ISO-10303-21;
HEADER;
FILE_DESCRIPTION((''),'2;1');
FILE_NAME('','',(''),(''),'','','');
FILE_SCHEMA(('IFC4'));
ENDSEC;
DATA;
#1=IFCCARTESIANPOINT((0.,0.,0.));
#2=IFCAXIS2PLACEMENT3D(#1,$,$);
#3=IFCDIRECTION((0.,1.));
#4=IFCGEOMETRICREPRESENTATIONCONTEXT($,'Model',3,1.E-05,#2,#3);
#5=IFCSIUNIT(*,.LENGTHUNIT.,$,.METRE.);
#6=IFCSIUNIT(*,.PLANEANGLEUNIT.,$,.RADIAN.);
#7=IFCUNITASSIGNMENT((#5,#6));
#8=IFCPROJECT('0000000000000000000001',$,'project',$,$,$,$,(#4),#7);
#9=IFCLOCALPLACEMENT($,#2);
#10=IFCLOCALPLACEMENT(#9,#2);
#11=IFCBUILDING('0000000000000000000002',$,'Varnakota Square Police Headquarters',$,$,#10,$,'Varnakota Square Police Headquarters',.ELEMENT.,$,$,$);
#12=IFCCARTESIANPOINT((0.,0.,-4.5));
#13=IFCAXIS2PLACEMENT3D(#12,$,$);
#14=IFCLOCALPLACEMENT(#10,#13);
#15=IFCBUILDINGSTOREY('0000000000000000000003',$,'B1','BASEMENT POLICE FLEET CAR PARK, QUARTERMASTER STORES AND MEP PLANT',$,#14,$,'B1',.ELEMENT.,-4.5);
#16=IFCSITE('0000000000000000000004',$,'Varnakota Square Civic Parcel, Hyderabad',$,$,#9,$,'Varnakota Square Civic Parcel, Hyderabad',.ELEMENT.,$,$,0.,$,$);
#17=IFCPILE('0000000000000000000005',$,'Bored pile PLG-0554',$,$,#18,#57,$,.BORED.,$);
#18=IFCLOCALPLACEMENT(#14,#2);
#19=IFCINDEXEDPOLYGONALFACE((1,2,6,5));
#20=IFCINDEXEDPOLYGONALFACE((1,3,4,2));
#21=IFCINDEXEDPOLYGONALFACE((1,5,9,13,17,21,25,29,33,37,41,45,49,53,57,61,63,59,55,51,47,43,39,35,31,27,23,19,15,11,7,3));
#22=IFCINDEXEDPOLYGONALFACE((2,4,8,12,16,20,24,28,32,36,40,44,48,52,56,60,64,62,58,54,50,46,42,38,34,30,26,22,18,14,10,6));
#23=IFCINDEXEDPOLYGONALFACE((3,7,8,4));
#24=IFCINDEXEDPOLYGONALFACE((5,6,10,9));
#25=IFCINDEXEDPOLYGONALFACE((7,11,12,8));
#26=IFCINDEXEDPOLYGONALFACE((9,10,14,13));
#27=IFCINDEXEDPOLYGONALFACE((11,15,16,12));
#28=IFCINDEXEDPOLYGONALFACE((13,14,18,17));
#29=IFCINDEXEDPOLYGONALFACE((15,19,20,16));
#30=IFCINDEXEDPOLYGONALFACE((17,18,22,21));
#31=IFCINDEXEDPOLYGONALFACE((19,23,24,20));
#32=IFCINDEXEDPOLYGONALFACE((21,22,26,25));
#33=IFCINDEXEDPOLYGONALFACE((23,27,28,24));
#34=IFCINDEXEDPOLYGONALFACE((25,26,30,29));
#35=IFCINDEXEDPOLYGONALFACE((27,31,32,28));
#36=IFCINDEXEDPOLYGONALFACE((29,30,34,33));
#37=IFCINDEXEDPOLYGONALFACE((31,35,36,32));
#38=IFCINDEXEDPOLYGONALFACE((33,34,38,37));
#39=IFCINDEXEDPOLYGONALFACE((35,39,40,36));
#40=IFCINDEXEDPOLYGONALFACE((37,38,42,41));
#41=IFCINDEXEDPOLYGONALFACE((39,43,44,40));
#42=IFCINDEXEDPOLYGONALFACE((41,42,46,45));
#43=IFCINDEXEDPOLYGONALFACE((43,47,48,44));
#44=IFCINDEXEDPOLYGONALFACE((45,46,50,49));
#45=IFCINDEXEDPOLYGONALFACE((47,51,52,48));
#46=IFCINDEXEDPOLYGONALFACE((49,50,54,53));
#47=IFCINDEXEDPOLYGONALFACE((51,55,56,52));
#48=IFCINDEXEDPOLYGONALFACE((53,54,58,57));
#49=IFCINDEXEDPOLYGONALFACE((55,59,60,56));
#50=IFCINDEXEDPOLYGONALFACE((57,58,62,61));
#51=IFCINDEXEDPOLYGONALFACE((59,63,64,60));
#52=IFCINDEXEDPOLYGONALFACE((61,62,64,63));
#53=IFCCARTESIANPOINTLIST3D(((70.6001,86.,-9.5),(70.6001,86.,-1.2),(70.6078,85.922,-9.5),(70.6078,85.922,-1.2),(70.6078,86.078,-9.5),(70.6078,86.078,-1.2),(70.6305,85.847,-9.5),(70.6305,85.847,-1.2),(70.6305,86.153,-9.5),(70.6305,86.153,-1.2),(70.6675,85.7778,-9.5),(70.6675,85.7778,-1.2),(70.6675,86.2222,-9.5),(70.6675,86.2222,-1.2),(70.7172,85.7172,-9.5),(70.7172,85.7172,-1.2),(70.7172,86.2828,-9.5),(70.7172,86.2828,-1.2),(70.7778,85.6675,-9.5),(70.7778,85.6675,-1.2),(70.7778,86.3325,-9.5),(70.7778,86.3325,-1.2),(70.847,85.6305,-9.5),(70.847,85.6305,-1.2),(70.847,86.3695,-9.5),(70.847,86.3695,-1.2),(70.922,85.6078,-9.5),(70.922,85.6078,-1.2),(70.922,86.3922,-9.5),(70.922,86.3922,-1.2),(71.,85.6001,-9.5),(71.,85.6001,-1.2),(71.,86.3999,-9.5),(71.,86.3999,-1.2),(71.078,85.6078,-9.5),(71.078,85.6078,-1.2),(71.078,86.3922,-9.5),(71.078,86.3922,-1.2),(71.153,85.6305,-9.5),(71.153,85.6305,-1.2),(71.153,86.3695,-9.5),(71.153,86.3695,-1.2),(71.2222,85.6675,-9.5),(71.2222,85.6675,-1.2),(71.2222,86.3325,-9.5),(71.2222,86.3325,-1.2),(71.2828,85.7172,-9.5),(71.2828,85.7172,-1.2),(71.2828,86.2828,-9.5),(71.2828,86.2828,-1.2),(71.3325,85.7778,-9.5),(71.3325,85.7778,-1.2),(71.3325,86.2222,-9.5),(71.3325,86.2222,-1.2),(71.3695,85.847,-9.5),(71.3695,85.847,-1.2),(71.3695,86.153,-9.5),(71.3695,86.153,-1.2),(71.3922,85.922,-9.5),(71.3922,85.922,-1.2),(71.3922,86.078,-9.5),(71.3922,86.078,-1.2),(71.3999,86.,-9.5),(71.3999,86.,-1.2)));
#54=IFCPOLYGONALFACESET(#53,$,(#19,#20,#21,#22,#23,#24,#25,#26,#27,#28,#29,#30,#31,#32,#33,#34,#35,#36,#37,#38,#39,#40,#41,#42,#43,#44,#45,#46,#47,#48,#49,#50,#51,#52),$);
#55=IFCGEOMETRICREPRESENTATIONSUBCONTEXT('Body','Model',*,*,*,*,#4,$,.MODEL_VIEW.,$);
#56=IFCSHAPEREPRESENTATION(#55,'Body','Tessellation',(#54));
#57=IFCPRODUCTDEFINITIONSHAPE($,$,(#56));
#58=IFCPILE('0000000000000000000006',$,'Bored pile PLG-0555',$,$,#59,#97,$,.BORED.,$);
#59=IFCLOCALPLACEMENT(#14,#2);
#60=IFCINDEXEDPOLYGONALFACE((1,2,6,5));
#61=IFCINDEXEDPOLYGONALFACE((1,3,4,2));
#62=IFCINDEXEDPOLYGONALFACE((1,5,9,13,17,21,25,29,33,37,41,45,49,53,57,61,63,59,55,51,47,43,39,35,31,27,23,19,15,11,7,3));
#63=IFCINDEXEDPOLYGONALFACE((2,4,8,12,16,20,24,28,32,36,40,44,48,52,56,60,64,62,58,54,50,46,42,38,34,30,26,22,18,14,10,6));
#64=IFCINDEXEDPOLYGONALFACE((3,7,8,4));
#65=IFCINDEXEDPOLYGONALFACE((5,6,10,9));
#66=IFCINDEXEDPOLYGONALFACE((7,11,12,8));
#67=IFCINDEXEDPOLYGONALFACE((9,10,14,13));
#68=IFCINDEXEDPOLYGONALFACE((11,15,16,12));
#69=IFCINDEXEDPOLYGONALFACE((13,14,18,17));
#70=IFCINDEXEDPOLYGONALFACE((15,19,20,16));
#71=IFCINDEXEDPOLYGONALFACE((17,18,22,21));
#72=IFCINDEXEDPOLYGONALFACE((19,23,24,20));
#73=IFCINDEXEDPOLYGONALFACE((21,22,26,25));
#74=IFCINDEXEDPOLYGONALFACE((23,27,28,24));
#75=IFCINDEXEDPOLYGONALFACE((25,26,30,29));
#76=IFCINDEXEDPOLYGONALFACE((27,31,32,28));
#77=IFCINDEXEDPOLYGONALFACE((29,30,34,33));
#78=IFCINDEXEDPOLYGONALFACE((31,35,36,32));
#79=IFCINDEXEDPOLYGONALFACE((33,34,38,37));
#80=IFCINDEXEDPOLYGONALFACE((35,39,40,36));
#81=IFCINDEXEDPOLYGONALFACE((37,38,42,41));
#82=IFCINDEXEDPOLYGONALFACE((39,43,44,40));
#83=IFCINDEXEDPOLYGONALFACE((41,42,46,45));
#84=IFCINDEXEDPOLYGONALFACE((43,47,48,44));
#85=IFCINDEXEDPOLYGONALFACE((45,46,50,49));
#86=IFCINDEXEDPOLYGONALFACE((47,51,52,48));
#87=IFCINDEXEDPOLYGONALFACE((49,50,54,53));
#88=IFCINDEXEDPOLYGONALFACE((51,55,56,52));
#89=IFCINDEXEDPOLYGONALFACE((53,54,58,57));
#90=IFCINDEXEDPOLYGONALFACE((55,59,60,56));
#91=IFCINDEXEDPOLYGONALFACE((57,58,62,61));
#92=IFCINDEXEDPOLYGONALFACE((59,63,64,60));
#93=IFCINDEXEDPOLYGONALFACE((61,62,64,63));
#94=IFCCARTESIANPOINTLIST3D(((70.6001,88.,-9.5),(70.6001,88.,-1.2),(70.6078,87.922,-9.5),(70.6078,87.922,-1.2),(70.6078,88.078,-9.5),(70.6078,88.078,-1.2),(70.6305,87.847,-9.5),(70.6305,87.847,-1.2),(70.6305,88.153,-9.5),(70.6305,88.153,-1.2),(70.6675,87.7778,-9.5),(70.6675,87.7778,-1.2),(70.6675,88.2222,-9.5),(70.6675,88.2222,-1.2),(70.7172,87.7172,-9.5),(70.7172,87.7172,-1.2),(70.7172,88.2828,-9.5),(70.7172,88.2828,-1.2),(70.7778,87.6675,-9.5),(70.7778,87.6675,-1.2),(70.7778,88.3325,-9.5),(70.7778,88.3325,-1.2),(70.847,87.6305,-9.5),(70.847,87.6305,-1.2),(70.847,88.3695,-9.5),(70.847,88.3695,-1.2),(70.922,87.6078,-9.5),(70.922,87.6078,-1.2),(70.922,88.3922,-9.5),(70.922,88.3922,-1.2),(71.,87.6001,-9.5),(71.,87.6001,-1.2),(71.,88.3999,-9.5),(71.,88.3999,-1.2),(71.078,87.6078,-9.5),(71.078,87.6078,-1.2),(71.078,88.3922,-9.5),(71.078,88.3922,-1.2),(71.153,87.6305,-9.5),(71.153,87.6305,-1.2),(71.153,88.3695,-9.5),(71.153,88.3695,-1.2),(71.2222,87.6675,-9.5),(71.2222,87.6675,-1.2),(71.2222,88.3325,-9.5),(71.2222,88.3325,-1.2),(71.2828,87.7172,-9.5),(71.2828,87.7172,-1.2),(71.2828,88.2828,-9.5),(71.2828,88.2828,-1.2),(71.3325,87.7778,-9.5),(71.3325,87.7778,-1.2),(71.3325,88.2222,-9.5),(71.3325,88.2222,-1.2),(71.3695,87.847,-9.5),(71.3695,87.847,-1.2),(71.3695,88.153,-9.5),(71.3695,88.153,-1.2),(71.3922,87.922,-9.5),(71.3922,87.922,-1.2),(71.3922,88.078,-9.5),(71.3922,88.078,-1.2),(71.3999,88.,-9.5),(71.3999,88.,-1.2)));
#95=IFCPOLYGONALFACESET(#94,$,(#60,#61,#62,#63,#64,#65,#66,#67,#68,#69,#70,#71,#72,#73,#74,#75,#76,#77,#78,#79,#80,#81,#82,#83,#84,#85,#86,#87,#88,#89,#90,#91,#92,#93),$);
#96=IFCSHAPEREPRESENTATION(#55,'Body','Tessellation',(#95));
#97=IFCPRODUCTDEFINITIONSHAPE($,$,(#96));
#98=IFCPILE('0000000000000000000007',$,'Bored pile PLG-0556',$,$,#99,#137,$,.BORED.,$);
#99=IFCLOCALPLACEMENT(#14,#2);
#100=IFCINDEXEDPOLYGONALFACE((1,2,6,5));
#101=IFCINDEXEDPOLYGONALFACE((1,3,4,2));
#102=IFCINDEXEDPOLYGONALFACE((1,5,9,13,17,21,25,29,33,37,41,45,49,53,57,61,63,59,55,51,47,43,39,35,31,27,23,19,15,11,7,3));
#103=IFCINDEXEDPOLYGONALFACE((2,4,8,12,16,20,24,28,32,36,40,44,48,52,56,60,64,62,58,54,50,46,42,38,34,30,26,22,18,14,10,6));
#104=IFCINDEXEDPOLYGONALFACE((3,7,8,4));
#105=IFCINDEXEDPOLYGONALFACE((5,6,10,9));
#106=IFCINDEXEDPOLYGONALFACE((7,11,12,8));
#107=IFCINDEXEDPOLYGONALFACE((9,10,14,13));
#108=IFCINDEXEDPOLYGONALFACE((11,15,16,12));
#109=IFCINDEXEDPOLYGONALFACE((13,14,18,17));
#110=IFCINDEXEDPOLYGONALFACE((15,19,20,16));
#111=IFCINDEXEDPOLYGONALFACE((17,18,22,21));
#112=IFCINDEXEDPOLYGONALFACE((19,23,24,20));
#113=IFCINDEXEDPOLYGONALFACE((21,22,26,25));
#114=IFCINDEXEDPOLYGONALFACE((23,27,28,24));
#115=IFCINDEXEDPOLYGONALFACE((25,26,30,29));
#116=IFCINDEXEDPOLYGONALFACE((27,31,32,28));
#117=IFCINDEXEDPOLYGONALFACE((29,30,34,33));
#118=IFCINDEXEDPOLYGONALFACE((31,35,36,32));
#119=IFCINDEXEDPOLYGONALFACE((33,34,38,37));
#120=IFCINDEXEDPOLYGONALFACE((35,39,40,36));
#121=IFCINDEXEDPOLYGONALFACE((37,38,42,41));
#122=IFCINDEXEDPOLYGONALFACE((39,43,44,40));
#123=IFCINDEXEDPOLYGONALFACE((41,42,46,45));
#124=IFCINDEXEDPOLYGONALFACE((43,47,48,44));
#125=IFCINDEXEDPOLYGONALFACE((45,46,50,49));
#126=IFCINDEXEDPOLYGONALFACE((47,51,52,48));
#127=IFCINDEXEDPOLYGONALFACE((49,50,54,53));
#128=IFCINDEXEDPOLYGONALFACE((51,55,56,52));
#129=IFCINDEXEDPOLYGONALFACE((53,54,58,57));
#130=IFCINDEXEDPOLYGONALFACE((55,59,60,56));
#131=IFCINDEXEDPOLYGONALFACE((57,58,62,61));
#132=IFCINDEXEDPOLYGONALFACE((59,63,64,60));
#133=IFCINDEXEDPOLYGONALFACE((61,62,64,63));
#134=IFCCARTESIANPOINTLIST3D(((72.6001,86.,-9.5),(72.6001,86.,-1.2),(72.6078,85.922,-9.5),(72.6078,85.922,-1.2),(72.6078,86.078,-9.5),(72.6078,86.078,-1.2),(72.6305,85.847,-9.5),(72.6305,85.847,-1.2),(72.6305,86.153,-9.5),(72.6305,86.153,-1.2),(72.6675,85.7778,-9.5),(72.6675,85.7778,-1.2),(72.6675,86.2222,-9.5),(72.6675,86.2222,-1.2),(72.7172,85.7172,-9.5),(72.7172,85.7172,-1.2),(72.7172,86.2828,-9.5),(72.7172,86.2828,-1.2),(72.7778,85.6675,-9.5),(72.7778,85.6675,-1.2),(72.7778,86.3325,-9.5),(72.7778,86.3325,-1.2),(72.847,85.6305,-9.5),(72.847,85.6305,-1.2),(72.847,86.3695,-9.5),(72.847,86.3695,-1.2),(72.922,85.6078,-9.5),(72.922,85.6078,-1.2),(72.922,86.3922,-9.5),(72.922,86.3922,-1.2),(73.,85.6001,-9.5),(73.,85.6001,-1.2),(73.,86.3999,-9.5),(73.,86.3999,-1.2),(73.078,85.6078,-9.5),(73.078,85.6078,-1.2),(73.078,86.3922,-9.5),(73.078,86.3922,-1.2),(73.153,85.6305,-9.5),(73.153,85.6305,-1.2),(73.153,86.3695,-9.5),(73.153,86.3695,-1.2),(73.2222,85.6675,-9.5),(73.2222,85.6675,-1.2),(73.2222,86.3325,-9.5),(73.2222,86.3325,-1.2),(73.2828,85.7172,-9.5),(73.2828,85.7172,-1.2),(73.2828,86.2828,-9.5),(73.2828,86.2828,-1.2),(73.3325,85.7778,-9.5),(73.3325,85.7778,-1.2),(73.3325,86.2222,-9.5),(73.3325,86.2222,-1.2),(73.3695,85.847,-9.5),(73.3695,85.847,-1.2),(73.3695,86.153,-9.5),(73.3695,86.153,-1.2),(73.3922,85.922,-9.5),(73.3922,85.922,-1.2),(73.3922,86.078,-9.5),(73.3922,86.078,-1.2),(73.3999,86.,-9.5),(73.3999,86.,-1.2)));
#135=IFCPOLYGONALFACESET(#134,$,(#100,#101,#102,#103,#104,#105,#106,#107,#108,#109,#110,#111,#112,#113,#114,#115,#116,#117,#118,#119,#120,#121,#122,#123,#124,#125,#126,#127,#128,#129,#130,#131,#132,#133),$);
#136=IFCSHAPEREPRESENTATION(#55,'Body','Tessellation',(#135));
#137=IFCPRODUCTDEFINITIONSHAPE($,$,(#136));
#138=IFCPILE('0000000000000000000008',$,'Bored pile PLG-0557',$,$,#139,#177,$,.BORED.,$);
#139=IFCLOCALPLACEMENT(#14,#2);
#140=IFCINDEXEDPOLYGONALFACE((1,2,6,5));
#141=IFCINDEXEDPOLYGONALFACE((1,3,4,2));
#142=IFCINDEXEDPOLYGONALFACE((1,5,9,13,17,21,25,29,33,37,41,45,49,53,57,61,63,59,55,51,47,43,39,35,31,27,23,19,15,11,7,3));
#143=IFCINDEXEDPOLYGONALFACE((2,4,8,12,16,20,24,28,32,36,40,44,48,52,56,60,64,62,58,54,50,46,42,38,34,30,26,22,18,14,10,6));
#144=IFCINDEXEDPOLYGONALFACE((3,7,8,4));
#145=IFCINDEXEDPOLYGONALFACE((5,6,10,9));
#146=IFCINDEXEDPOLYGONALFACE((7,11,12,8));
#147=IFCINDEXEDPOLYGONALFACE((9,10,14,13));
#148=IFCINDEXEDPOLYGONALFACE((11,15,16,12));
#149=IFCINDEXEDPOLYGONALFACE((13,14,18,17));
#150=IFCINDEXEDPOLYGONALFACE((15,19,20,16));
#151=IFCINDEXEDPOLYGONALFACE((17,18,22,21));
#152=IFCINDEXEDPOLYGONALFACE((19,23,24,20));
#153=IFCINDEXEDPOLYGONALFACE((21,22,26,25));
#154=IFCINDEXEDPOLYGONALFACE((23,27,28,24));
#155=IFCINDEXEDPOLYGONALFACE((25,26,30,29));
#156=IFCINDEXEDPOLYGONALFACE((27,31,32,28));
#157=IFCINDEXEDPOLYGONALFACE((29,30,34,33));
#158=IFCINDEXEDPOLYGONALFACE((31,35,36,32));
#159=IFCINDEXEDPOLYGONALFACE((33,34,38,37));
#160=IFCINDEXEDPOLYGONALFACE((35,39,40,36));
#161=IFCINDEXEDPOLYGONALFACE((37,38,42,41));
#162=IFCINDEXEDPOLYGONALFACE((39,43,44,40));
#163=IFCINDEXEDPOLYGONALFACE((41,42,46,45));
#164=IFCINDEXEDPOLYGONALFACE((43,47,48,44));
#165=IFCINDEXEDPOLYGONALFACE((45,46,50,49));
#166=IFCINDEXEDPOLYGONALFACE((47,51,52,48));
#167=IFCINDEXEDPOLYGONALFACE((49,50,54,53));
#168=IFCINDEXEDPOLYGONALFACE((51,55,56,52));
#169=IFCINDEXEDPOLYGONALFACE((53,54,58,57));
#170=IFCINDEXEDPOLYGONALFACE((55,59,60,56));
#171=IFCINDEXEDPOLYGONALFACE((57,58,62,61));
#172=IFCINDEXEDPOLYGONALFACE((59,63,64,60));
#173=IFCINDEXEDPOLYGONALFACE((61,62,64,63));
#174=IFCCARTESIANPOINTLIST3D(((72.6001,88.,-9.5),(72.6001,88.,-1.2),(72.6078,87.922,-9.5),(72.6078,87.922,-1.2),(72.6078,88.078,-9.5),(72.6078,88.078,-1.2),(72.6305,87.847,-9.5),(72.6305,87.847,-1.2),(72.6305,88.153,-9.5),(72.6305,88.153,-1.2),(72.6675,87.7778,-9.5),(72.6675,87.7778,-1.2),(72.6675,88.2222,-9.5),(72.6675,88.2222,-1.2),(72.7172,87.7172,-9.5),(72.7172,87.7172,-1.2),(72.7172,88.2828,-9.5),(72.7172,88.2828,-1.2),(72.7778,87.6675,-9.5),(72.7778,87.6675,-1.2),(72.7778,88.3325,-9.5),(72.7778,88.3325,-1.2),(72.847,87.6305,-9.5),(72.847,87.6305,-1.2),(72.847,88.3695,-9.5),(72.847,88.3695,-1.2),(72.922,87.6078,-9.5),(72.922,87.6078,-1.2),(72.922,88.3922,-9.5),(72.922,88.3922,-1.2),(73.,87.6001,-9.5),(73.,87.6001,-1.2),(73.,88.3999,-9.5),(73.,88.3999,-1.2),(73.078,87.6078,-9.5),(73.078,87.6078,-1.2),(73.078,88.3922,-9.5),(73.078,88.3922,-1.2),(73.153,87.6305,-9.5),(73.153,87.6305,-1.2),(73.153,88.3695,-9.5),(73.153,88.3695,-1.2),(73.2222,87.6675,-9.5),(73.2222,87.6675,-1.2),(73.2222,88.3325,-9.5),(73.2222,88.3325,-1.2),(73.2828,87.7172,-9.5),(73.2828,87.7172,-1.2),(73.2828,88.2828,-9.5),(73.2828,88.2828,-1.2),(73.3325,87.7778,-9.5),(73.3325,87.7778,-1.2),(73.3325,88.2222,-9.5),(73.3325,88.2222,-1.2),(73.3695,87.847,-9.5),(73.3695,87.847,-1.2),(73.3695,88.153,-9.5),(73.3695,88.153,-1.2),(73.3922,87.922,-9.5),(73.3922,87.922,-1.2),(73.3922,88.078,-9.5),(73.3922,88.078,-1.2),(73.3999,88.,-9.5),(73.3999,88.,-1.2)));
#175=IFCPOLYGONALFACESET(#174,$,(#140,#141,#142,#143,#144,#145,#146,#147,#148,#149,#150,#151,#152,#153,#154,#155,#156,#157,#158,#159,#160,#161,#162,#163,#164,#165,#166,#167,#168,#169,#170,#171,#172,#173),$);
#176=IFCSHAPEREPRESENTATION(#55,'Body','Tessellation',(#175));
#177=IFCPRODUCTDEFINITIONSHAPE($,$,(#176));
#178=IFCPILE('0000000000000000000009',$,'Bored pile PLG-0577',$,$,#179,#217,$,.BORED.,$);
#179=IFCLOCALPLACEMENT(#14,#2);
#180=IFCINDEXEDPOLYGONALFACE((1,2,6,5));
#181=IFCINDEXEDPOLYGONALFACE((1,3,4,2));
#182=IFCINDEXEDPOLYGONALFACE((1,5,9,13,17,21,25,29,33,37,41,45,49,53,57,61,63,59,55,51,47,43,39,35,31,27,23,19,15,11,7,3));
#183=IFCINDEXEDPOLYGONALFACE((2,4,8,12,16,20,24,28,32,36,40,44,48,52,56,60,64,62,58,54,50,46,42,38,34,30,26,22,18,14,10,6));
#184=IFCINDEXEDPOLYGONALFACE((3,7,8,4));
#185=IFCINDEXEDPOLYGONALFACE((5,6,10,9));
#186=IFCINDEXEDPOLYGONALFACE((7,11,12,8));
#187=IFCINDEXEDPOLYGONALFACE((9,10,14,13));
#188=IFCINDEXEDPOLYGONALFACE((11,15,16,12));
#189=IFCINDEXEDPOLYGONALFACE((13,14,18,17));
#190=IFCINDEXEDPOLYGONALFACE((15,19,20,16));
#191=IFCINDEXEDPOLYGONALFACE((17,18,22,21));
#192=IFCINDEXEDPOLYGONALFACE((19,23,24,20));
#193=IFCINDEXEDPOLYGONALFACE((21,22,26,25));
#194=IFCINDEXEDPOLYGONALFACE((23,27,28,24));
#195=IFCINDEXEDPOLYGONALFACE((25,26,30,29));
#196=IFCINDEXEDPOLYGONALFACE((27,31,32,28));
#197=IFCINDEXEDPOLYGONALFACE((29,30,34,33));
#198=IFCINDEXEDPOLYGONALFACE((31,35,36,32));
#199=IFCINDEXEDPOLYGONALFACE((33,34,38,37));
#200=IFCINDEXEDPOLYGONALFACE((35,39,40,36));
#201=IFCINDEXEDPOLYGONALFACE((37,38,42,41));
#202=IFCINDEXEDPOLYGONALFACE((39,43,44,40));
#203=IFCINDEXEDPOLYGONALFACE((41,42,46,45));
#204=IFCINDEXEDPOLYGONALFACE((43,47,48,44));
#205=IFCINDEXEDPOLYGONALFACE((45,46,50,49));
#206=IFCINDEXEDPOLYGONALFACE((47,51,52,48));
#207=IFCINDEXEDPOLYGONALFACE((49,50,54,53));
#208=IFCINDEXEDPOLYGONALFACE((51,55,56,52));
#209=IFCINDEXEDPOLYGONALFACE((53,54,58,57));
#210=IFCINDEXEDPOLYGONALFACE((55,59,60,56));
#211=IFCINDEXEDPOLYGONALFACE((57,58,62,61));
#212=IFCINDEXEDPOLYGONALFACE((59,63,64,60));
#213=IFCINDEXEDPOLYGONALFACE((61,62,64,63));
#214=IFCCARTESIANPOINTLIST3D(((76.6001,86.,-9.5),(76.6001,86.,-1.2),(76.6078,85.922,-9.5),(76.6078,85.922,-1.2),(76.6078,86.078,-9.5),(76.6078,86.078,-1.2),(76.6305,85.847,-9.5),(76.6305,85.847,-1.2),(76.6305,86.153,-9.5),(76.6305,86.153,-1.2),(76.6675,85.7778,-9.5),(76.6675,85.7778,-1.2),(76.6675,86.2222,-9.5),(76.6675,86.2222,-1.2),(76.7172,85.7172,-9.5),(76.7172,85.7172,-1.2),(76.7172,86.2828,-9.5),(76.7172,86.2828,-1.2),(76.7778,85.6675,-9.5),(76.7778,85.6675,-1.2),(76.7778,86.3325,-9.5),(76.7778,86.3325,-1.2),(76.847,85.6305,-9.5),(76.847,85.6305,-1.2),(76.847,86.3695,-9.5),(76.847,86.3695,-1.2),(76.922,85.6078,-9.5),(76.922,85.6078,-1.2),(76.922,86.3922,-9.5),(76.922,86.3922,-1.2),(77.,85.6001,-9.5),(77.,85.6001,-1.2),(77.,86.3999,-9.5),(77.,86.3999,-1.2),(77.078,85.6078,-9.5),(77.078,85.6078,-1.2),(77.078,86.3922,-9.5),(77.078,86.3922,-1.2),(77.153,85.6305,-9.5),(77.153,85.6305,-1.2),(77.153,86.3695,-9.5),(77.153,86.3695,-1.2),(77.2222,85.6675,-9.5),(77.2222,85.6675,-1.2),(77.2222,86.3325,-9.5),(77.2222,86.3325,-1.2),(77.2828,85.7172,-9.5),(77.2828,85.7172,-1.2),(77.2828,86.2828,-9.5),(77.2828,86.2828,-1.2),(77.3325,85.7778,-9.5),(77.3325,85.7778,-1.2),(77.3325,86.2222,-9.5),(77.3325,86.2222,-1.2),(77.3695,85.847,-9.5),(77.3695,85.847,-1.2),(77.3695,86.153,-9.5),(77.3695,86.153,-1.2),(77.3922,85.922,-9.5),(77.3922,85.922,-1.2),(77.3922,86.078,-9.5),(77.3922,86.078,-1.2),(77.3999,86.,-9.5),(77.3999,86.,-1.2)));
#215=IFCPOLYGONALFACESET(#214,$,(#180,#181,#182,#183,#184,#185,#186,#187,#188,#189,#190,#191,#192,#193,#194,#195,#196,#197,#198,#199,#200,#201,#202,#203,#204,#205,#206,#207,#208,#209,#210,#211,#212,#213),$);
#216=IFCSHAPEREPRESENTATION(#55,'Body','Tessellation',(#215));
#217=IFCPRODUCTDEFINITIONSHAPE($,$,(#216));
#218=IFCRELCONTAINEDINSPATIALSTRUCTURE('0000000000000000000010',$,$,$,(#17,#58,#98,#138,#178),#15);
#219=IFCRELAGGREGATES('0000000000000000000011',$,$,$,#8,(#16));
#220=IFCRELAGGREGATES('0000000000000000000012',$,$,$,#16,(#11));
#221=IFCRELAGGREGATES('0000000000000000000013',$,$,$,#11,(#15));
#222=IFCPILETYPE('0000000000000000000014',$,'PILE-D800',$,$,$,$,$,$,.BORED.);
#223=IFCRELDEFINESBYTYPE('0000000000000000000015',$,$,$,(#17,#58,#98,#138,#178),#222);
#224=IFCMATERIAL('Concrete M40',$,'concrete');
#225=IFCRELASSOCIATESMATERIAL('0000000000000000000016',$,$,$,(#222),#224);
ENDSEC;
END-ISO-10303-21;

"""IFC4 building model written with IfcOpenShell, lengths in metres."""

from ifc_helpers import new_model, si_unit, direction, frame, origin, origin_2d, place, context, subcontext, project, spatial, circle, extrude, material, material_profile, profile_set, type_object, element, save


model = new_model("IFC4")

# Units and contexts
model_context = context("Model", 3, precision=1e-05, world=origin(), true_north=direction((0.0, 1.0)))
body_context = subcontext(model_context, "Body", "Model", "MODEL_VIEW")
ifc_project = project(units=[si_unit("LENGTHUNIT", "METRE"), si_unit("PLANEANGLEUNIT", "RADIAN")], contexts=[model_context])

# Site, building, storey
site_placement = place(None, origin())
site = spatial("IfcSite", under=ifc_project, at=site_placement, Name="Varnakota Square Civic Parcel, Hyderabad", LongName="Varnakota Square Civic Parcel, Hyderabad", CompositionType="ELEMENT", RefElevation=0.0)
building_placement = place(site_placement, origin())
building = spatial("IfcBuilding", under=site, at=building_placement, Name="Varnakota Square Police Headquarters", LongName="Varnakota Square Police Headquarters", CompositionType="ELEMENT")
storey_placement = place(building_placement, frame((0.0, 0.0, -4.5)))
storey = spatial("IfcBuildingStorey", under=building, at=storey_placement, Name="B1", Description="BASEMENT POLICE FLEET CAR PARK, QUARTERMASTER STORES AND MEP PLANT", LongName="B1", CompositionType="ELEMENT", Elevation=-4.5)

# Shared definitions
ifc_material_1 = material(Name="Concrete M40", Category="concrete")

# Piles
ifc_material_profile_1 = material_profile(ifc_material_1, circle(Radius=0.3999, at=origin_2d()), Name="BORED PILE 800")
ifc_profile_set_1 = profile_set([ifc_material_profile_1], Name="Concrete M40")
pile_type_1 = type_object("IfcPileType", Name="PILE-D800", PredefinedType="BORED", material=ifc_profile_set_1)
for number, where, z_axis, x_axis, name in (
    (1, (71.0, 86.0, -1.2), (0.0, 0.0, -1.0), (1.0, 0.0, 0.0), "Bored pile PLG-0554"),
    (2, (71.0, 88.0, -1.2), (0.0, 0.0, -1.0), (1.0, 0.0, 0.0), "Bored pile PLG-0555"),
    (3, (73.0, 86.0, -1.2), (0.0, 0.0, -1.0), (1.0, 0.0, 0.0), "Bored pile PLG-0556"),
    (4, (73.0, 88.0, -1.2), (0.0, 0.0, -1.0), (1.0, 0.0, 0.0), "Bored pile PLG-0557"),
    (5, (77.0, 86.0, -1.2), (0.0, 0.0, -1.0), (1.0, 0.0, 0.0), "Bored pile PLG-0577"),
):
    element("IfcPile", number, at=place(storey_placement, frame(where, z_axis=z_axis, x_axis=x_axis)), inside=storey, type_object=pile_type_1, Name=name, PredefinedType="BORED", context=body_context, shape_type="SweptSolid", body=[
        extrude(circle(Radius=0.3999, at=origin_2d()), origin(), (0.0, 0.0, 1.0), 8.3),
    ])

save(model, "model.ifc")
